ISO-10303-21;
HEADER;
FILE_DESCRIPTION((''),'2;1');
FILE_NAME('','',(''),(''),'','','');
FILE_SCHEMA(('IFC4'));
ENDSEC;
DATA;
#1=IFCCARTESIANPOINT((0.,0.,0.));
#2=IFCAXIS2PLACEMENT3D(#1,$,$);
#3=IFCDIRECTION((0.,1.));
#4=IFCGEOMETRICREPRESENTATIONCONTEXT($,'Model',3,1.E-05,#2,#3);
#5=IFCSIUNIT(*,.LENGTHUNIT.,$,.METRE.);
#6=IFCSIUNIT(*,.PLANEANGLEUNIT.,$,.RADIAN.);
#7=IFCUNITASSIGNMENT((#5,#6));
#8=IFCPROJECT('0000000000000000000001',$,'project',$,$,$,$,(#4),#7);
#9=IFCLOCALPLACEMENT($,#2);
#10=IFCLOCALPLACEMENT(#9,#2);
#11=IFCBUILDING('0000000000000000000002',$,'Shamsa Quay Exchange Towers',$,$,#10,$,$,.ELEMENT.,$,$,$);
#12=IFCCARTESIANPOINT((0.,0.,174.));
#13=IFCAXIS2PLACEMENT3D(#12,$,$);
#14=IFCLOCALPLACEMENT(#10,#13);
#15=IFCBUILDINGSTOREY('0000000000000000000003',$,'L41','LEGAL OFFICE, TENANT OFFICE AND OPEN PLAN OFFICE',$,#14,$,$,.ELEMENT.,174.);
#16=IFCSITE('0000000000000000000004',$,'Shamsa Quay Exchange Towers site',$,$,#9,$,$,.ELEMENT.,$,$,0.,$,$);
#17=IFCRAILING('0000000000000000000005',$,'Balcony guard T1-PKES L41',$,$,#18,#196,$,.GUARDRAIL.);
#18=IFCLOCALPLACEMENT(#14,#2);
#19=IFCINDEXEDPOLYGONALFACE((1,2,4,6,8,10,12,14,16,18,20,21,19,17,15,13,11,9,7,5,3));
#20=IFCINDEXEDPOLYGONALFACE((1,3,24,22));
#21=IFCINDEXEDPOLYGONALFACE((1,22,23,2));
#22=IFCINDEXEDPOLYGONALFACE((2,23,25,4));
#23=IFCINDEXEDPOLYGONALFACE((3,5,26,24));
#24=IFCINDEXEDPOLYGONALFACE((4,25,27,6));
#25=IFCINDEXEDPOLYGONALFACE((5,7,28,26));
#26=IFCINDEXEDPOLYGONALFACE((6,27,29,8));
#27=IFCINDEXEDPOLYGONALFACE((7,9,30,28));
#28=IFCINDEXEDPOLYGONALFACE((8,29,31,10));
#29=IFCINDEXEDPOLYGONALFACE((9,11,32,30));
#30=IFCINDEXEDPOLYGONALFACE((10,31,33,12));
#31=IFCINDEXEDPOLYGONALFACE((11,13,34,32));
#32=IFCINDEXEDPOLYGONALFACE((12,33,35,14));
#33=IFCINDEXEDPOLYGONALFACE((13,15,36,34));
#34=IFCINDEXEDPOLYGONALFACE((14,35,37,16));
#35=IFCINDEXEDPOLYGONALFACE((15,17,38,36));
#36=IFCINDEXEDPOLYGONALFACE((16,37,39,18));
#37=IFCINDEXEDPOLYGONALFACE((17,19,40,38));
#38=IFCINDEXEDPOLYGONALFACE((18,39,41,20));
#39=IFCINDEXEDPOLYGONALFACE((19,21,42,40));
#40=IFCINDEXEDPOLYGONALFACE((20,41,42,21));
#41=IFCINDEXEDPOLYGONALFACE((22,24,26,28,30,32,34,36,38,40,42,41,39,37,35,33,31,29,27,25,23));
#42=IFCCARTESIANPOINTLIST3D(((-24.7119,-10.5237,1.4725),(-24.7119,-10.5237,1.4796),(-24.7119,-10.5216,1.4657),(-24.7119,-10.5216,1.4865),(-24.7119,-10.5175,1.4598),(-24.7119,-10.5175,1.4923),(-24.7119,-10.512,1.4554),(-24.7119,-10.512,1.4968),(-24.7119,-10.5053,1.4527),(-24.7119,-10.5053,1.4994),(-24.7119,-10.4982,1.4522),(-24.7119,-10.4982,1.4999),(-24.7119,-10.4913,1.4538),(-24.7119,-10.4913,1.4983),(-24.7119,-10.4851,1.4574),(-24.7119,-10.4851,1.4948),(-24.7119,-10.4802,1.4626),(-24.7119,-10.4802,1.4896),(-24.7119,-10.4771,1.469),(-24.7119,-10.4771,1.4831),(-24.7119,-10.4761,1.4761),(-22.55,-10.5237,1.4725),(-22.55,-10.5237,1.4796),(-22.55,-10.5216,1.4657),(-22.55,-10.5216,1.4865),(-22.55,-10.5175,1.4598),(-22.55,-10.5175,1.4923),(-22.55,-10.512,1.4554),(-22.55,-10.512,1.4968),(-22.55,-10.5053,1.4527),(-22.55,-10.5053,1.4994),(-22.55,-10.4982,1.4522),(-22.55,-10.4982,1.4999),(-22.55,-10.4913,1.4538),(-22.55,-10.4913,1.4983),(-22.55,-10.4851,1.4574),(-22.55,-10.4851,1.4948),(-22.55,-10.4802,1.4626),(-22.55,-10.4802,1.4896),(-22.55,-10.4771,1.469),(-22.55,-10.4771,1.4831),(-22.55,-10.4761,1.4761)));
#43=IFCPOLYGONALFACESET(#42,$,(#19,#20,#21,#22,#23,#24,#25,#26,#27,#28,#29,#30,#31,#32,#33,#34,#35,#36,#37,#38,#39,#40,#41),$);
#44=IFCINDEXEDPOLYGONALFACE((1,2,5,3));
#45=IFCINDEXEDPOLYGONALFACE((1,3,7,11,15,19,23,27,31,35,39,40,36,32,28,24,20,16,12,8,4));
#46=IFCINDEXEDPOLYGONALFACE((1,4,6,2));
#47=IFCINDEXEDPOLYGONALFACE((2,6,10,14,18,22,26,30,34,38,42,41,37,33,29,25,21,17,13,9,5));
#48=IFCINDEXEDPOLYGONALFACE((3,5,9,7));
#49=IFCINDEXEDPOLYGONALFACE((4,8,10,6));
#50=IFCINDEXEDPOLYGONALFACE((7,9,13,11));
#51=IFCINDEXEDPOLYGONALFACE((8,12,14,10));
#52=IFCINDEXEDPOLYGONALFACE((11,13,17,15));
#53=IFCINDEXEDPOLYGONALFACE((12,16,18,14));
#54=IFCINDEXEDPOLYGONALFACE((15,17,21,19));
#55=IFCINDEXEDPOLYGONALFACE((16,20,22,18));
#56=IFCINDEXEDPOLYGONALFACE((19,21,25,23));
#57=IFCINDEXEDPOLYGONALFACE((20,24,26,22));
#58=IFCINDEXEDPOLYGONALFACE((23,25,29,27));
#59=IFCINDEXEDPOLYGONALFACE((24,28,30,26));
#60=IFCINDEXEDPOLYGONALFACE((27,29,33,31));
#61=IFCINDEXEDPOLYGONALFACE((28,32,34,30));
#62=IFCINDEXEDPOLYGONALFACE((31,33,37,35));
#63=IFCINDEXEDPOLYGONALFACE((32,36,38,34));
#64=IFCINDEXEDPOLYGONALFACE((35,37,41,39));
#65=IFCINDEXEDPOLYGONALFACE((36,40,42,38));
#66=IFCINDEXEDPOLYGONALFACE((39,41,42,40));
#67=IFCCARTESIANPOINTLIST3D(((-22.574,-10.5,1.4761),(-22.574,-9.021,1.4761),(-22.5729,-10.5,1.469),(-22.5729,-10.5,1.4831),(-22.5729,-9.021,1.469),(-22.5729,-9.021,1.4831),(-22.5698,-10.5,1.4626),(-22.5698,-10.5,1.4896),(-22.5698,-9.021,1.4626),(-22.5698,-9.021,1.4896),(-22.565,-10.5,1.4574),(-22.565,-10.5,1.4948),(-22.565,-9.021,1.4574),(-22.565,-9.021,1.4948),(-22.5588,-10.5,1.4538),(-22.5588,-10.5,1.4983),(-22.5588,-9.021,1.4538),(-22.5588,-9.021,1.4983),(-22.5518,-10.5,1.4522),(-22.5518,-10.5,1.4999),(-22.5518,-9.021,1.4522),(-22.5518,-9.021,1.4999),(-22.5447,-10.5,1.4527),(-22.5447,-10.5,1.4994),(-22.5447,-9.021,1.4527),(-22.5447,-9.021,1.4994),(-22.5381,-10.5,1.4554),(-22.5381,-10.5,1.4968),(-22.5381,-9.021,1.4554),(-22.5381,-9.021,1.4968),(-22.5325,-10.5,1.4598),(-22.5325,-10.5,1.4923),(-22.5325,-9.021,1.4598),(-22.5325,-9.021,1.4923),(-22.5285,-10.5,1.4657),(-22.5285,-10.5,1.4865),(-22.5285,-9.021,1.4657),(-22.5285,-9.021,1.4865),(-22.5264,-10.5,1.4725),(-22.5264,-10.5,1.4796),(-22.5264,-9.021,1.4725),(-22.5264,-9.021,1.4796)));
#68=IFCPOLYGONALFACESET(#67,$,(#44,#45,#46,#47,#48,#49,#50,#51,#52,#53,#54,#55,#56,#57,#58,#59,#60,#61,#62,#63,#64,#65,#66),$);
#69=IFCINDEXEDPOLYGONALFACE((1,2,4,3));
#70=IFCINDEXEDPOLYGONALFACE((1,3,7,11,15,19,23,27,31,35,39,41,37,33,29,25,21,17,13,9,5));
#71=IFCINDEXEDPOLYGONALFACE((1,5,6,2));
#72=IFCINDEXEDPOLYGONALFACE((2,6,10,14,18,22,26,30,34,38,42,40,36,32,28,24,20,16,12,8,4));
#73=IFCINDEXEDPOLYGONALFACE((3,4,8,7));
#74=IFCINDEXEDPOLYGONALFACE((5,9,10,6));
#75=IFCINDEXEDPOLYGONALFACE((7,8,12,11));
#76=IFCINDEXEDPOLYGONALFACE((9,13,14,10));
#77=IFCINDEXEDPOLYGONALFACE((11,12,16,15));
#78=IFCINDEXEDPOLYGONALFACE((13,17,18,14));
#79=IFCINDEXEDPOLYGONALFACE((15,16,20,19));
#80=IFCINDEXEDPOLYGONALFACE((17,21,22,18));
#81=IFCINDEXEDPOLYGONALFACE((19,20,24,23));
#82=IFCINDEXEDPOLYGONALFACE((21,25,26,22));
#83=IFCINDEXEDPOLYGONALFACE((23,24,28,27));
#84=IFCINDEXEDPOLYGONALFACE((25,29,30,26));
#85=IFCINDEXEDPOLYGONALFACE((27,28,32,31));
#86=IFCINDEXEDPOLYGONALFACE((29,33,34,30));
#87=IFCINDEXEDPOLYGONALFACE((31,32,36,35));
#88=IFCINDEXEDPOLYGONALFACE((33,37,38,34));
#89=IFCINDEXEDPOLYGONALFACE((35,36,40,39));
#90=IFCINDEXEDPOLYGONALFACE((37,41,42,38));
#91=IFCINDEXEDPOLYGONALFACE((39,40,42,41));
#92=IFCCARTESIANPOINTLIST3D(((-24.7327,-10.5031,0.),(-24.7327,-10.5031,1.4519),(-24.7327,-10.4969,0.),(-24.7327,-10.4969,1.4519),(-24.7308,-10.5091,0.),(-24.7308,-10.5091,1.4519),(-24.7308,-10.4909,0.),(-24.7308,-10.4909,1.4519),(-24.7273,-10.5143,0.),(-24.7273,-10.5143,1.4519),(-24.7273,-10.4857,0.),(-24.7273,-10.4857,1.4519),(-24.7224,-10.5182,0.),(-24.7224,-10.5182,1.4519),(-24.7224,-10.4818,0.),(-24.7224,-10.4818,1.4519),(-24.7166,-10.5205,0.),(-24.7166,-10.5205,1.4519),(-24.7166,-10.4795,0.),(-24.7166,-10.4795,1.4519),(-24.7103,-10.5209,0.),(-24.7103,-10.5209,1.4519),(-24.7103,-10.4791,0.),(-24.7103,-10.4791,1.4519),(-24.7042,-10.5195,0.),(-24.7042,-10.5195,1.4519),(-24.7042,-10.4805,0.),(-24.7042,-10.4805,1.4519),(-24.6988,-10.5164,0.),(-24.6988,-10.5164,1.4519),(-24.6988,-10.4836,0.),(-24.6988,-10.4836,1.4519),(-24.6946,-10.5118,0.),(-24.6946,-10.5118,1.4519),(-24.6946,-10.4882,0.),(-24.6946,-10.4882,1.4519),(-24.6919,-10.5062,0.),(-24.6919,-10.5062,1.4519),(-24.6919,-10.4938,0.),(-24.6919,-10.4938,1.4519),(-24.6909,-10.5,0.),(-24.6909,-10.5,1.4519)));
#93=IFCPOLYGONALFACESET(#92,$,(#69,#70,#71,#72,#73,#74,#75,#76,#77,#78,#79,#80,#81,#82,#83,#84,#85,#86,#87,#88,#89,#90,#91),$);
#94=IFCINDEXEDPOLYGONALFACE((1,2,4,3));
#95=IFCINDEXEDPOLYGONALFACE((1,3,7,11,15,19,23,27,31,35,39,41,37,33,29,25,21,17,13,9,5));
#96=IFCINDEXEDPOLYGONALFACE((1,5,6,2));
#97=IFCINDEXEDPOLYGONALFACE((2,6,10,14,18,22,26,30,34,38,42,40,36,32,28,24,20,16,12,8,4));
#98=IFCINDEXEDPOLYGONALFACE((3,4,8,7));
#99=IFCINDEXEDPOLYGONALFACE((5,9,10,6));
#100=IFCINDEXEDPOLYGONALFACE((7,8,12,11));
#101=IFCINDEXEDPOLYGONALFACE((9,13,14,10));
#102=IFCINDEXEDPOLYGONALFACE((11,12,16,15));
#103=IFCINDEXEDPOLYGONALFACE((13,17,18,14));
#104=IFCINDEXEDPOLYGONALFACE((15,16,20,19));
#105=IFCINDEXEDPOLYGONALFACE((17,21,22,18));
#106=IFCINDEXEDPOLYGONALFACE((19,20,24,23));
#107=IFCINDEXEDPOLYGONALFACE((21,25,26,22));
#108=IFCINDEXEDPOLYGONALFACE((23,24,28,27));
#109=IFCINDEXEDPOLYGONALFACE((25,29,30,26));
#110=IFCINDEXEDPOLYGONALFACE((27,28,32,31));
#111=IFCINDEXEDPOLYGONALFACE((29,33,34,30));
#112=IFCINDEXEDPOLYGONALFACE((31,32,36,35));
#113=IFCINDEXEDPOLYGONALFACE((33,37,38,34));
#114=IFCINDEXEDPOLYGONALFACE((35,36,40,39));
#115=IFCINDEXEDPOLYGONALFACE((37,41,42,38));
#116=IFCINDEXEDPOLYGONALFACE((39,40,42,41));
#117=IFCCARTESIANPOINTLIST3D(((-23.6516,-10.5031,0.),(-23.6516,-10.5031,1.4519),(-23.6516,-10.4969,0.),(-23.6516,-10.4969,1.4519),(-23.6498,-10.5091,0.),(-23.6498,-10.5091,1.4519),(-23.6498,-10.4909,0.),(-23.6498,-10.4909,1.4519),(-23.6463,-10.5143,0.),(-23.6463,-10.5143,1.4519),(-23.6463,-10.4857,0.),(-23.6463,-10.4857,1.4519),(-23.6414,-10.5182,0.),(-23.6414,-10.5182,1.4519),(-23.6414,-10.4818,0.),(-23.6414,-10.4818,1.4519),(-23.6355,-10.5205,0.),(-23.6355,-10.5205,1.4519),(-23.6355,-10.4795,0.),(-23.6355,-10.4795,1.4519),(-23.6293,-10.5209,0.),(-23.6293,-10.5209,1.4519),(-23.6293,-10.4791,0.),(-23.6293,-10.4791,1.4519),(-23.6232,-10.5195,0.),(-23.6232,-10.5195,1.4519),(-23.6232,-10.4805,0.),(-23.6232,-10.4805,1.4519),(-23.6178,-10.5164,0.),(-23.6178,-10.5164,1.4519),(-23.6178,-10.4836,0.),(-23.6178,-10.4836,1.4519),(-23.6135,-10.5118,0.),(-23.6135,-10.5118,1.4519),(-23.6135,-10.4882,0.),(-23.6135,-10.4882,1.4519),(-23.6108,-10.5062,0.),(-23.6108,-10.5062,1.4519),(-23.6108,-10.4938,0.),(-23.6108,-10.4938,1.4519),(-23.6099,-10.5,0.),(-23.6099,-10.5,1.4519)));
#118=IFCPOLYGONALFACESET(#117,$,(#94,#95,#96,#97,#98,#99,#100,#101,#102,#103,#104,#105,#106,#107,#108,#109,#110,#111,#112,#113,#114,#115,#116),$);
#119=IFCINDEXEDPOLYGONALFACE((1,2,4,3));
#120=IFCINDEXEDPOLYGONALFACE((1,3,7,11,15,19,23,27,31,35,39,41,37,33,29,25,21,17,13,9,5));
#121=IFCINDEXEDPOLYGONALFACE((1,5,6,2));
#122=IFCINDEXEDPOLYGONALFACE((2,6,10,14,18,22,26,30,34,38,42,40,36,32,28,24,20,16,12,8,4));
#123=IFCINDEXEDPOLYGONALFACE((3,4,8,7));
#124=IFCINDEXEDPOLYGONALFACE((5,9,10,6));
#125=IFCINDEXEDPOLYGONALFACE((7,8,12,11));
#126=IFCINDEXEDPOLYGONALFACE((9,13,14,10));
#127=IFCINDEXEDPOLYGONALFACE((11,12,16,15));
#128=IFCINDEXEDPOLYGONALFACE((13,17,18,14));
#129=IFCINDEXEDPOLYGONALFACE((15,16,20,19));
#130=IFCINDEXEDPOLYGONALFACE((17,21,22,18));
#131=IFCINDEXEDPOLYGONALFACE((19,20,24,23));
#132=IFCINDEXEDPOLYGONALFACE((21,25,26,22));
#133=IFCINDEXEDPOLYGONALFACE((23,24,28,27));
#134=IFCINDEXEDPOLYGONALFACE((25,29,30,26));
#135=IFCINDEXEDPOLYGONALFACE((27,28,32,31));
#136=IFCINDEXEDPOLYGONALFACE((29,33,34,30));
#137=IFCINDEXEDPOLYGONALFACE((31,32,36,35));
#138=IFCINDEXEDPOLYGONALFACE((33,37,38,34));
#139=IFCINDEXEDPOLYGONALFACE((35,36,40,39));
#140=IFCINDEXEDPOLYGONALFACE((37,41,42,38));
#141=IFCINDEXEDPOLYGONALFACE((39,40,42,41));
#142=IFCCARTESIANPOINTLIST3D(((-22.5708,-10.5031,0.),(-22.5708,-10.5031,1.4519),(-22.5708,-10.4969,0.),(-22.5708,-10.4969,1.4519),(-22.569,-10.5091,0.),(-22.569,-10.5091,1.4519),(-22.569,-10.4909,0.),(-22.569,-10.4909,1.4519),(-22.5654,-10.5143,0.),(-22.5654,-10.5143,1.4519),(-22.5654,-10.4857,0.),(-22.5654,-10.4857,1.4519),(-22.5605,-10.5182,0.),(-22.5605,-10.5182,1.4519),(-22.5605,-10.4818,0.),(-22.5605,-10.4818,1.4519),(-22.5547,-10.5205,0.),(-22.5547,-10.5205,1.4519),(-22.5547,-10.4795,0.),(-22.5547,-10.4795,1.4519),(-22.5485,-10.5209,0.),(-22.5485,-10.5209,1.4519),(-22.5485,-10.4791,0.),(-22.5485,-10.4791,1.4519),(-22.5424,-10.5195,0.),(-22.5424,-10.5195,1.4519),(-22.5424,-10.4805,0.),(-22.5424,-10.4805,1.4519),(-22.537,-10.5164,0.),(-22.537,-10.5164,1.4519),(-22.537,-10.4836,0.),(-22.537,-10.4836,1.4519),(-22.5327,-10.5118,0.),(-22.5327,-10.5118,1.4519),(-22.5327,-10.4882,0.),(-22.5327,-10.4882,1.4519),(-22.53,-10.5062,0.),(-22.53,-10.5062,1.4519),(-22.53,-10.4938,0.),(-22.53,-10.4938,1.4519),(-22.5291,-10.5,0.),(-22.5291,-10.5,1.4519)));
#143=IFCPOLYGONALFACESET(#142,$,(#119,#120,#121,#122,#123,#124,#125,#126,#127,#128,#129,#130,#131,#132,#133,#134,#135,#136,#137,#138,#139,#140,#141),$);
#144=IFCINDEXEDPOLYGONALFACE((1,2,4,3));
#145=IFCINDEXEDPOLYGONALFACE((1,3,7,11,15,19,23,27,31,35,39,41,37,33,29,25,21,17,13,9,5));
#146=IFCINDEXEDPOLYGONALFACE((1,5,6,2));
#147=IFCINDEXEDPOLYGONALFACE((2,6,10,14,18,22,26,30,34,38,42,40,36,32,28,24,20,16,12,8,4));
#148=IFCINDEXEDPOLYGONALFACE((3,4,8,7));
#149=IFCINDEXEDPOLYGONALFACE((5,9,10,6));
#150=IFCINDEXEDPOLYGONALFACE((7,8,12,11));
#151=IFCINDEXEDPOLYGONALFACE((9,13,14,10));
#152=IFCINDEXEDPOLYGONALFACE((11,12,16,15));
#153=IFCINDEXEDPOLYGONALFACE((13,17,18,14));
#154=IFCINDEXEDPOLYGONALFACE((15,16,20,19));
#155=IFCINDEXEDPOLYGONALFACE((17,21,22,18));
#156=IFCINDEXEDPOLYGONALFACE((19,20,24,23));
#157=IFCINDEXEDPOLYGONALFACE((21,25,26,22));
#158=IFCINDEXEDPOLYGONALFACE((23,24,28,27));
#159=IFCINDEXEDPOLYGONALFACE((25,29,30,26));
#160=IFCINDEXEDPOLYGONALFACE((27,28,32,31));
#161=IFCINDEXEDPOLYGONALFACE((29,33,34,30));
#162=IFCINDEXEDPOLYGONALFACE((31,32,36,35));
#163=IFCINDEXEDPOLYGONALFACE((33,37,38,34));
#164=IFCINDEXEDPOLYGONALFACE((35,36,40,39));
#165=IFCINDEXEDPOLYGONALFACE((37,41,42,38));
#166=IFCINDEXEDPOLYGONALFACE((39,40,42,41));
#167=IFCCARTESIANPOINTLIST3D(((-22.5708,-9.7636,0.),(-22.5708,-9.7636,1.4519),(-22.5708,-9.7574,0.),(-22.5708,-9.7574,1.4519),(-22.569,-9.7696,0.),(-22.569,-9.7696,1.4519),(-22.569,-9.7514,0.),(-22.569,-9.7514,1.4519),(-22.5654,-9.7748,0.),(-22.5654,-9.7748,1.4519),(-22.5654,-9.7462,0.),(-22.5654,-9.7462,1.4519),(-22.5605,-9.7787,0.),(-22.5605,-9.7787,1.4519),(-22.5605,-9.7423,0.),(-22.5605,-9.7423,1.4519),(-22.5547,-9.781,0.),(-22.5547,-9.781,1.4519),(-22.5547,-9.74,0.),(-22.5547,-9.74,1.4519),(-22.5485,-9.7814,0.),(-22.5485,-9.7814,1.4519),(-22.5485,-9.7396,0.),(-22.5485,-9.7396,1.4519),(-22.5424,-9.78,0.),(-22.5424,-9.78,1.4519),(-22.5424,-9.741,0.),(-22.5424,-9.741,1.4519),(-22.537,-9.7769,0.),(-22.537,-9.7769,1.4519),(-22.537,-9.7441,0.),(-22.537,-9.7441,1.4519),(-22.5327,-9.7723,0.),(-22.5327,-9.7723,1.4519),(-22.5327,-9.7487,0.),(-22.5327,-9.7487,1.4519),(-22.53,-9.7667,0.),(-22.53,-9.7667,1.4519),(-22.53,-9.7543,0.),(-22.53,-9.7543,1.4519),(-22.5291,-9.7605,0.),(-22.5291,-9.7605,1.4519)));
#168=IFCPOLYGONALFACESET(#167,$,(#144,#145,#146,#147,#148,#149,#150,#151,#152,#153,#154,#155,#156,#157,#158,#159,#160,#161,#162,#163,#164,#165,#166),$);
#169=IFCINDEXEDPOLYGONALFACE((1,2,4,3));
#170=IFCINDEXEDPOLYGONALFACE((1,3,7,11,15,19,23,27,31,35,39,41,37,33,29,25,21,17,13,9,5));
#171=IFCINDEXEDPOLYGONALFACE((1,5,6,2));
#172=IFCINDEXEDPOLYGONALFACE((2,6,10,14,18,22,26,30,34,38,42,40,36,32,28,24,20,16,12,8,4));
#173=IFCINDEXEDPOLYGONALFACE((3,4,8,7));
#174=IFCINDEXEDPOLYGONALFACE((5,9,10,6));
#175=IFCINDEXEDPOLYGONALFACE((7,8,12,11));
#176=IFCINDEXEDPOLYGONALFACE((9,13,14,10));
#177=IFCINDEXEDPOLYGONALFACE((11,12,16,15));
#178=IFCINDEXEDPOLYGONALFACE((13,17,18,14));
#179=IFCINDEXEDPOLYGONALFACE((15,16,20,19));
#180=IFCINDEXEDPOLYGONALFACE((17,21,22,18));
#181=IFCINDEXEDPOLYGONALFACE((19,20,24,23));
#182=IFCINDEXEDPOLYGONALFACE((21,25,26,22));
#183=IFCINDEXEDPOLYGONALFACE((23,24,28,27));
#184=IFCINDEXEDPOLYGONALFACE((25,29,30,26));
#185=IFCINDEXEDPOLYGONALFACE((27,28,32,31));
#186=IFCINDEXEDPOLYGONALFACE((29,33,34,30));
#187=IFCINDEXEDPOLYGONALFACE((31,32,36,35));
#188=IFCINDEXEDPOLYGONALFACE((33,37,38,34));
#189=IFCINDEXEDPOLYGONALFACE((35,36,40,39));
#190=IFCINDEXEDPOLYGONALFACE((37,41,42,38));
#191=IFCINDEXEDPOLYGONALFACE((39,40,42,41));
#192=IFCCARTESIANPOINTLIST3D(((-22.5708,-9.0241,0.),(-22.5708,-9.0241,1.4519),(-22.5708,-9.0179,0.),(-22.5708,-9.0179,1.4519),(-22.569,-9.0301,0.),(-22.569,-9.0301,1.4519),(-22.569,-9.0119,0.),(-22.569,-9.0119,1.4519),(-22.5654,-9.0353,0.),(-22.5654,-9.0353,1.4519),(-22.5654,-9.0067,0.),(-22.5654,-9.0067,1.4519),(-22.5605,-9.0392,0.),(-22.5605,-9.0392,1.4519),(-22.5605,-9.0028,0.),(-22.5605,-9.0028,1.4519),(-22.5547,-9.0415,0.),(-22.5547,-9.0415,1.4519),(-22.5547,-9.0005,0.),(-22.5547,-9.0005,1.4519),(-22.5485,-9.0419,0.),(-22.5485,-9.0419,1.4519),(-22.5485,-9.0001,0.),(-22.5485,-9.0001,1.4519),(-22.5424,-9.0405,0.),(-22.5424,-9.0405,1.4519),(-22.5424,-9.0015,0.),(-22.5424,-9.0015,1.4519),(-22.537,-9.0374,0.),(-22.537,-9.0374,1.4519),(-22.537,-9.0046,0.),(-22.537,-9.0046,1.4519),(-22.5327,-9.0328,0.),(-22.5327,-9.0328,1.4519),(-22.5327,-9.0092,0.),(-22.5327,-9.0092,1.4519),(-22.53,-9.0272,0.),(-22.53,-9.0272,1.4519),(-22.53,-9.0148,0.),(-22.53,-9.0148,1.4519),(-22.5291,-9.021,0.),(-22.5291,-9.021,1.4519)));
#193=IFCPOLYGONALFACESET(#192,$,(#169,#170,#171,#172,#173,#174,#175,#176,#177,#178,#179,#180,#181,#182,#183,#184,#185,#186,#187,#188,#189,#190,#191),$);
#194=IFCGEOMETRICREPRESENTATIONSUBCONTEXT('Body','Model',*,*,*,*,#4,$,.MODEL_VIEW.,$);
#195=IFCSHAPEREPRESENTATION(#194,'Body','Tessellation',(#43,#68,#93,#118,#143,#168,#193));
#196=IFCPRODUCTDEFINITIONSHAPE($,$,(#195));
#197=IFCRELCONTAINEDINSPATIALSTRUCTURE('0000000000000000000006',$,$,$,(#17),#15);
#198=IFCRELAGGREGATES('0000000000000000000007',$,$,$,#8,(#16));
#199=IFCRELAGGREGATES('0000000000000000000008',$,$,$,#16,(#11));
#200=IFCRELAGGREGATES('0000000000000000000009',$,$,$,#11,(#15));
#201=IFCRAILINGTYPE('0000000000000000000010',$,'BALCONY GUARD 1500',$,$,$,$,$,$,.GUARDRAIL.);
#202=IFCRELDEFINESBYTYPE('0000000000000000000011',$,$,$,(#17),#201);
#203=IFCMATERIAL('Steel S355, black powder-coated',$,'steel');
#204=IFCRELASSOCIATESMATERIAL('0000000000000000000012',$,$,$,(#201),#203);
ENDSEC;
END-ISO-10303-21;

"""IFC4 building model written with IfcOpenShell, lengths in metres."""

from ifc_helpers import new_model, si_unit, direction, frame, origin, origin_2d, place, context, subcontext, project, spatial, circle, extrude, material, type_object, element, save


model = new_model("IFC4")

# Units and contexts
model_context = context("Model", 3, precision=1e-05, world=origin(), true_north=direction((0.0, 1.0)))
body_context = subcontext(model_context, "Body", "Model", "MODEL_VIEW")
ifc_project = project(units=[si_unit("LENGTHUNIT", "METRE"), si_unit("PLANEANGLEUNIT", "RADIAN")], contexts=[model_context])

# Site, building, storey
site_placement = place(None, origin())
site = spatial("IfcSite", under=ifc_project, at=site_placement, Name="Shamsa Quay Exchange Towers site", CompositionType="ELEMENT", RefElevation=0.0)
building_placement = place(site_placement, origin())
building = spatial("IfcBuilding", under=site, at=building_placement, Name="Shamsa Quay Exchange Towers", CompositionType="ELEMENT")
storey_placement = place(building_placement, frame((0.0, 0.0, 174.0)))
storey = spatial("IfcBuildingStorey", under=building, at=storey_placement, Name="L41", Description="LEGAL OFFICE, TENANT OFFICE AND OPEN PLAN OFFICE", CompositionType="ELEMENT", Elevation=174.0)

# Railing
ifc_material_1 = material(Name="Steel S355, black powder-coated", Category="steel")
railing_type_1 = type_object("IfcRailingType", Name="BALCONY GUARD 1500", PredefinedType="GUARDRAIL", material=ifc_material_1)
for number, where, name in (
    (1, (-24.7119, -10.5, 0.0), "Balcony guard T1-PKES L41"),
):
    element("IfcRailing", number, at=place(storey_placement, frame(where)), inside=storey, type_object=railing_type_1, Name=name, PredefinedType="GUARDRAIL", context=body_context, shape_type="SweptSolid", body=[
        extrude(circle(Radius=0.0239, at=origin_2d()), frame((0.0, 0.0, 1.4761), z_axis=(1.0, 0.0, 0.0), x_axis=(0.0, 1.0, 0.0)), (0.0, 0.0, 1.0), 2.1619),
        extrude(circle(Radius=0.0239, at=origin_2d()), frame((2.1619, 0.0, 1.4761), z_axis=(0.0, 1.0, 0.0), x_axis=(-1.0, 0.0, 0.0)), (0.0, 0.0, 1.0), 1.479),
        extrude(circle(Radius=0.021, at=origin_2d()), origin(), (0.0, 0.0, 1.0), 1.4519),
        extrude(circle(Radius=0.021, at=origin_2d()), frame((1.0811, 0.0, 0.0)), (0.0, 0.0, 1.0), 1.4519),
        extrude(circle(Radius=0.021, at=origin_2d()), frame((2.1619, 0.0, 0.0)), (0.0, 0.0, 1.0), 1.4519),
        extrude(circle(Radius=0.021, at=origin_2d()), frame((2.1619, 0.7395, 0.0)), (0.0, 0.0, 1.0), 1.4519),
        extrude(circle(Radius=0.021, at=origin_2d()), frame((2.1619, 1.479, 0.0)), (0.0, 0.0, 1.0), 1.4519),
    ])

save(model, "model.ifc")
